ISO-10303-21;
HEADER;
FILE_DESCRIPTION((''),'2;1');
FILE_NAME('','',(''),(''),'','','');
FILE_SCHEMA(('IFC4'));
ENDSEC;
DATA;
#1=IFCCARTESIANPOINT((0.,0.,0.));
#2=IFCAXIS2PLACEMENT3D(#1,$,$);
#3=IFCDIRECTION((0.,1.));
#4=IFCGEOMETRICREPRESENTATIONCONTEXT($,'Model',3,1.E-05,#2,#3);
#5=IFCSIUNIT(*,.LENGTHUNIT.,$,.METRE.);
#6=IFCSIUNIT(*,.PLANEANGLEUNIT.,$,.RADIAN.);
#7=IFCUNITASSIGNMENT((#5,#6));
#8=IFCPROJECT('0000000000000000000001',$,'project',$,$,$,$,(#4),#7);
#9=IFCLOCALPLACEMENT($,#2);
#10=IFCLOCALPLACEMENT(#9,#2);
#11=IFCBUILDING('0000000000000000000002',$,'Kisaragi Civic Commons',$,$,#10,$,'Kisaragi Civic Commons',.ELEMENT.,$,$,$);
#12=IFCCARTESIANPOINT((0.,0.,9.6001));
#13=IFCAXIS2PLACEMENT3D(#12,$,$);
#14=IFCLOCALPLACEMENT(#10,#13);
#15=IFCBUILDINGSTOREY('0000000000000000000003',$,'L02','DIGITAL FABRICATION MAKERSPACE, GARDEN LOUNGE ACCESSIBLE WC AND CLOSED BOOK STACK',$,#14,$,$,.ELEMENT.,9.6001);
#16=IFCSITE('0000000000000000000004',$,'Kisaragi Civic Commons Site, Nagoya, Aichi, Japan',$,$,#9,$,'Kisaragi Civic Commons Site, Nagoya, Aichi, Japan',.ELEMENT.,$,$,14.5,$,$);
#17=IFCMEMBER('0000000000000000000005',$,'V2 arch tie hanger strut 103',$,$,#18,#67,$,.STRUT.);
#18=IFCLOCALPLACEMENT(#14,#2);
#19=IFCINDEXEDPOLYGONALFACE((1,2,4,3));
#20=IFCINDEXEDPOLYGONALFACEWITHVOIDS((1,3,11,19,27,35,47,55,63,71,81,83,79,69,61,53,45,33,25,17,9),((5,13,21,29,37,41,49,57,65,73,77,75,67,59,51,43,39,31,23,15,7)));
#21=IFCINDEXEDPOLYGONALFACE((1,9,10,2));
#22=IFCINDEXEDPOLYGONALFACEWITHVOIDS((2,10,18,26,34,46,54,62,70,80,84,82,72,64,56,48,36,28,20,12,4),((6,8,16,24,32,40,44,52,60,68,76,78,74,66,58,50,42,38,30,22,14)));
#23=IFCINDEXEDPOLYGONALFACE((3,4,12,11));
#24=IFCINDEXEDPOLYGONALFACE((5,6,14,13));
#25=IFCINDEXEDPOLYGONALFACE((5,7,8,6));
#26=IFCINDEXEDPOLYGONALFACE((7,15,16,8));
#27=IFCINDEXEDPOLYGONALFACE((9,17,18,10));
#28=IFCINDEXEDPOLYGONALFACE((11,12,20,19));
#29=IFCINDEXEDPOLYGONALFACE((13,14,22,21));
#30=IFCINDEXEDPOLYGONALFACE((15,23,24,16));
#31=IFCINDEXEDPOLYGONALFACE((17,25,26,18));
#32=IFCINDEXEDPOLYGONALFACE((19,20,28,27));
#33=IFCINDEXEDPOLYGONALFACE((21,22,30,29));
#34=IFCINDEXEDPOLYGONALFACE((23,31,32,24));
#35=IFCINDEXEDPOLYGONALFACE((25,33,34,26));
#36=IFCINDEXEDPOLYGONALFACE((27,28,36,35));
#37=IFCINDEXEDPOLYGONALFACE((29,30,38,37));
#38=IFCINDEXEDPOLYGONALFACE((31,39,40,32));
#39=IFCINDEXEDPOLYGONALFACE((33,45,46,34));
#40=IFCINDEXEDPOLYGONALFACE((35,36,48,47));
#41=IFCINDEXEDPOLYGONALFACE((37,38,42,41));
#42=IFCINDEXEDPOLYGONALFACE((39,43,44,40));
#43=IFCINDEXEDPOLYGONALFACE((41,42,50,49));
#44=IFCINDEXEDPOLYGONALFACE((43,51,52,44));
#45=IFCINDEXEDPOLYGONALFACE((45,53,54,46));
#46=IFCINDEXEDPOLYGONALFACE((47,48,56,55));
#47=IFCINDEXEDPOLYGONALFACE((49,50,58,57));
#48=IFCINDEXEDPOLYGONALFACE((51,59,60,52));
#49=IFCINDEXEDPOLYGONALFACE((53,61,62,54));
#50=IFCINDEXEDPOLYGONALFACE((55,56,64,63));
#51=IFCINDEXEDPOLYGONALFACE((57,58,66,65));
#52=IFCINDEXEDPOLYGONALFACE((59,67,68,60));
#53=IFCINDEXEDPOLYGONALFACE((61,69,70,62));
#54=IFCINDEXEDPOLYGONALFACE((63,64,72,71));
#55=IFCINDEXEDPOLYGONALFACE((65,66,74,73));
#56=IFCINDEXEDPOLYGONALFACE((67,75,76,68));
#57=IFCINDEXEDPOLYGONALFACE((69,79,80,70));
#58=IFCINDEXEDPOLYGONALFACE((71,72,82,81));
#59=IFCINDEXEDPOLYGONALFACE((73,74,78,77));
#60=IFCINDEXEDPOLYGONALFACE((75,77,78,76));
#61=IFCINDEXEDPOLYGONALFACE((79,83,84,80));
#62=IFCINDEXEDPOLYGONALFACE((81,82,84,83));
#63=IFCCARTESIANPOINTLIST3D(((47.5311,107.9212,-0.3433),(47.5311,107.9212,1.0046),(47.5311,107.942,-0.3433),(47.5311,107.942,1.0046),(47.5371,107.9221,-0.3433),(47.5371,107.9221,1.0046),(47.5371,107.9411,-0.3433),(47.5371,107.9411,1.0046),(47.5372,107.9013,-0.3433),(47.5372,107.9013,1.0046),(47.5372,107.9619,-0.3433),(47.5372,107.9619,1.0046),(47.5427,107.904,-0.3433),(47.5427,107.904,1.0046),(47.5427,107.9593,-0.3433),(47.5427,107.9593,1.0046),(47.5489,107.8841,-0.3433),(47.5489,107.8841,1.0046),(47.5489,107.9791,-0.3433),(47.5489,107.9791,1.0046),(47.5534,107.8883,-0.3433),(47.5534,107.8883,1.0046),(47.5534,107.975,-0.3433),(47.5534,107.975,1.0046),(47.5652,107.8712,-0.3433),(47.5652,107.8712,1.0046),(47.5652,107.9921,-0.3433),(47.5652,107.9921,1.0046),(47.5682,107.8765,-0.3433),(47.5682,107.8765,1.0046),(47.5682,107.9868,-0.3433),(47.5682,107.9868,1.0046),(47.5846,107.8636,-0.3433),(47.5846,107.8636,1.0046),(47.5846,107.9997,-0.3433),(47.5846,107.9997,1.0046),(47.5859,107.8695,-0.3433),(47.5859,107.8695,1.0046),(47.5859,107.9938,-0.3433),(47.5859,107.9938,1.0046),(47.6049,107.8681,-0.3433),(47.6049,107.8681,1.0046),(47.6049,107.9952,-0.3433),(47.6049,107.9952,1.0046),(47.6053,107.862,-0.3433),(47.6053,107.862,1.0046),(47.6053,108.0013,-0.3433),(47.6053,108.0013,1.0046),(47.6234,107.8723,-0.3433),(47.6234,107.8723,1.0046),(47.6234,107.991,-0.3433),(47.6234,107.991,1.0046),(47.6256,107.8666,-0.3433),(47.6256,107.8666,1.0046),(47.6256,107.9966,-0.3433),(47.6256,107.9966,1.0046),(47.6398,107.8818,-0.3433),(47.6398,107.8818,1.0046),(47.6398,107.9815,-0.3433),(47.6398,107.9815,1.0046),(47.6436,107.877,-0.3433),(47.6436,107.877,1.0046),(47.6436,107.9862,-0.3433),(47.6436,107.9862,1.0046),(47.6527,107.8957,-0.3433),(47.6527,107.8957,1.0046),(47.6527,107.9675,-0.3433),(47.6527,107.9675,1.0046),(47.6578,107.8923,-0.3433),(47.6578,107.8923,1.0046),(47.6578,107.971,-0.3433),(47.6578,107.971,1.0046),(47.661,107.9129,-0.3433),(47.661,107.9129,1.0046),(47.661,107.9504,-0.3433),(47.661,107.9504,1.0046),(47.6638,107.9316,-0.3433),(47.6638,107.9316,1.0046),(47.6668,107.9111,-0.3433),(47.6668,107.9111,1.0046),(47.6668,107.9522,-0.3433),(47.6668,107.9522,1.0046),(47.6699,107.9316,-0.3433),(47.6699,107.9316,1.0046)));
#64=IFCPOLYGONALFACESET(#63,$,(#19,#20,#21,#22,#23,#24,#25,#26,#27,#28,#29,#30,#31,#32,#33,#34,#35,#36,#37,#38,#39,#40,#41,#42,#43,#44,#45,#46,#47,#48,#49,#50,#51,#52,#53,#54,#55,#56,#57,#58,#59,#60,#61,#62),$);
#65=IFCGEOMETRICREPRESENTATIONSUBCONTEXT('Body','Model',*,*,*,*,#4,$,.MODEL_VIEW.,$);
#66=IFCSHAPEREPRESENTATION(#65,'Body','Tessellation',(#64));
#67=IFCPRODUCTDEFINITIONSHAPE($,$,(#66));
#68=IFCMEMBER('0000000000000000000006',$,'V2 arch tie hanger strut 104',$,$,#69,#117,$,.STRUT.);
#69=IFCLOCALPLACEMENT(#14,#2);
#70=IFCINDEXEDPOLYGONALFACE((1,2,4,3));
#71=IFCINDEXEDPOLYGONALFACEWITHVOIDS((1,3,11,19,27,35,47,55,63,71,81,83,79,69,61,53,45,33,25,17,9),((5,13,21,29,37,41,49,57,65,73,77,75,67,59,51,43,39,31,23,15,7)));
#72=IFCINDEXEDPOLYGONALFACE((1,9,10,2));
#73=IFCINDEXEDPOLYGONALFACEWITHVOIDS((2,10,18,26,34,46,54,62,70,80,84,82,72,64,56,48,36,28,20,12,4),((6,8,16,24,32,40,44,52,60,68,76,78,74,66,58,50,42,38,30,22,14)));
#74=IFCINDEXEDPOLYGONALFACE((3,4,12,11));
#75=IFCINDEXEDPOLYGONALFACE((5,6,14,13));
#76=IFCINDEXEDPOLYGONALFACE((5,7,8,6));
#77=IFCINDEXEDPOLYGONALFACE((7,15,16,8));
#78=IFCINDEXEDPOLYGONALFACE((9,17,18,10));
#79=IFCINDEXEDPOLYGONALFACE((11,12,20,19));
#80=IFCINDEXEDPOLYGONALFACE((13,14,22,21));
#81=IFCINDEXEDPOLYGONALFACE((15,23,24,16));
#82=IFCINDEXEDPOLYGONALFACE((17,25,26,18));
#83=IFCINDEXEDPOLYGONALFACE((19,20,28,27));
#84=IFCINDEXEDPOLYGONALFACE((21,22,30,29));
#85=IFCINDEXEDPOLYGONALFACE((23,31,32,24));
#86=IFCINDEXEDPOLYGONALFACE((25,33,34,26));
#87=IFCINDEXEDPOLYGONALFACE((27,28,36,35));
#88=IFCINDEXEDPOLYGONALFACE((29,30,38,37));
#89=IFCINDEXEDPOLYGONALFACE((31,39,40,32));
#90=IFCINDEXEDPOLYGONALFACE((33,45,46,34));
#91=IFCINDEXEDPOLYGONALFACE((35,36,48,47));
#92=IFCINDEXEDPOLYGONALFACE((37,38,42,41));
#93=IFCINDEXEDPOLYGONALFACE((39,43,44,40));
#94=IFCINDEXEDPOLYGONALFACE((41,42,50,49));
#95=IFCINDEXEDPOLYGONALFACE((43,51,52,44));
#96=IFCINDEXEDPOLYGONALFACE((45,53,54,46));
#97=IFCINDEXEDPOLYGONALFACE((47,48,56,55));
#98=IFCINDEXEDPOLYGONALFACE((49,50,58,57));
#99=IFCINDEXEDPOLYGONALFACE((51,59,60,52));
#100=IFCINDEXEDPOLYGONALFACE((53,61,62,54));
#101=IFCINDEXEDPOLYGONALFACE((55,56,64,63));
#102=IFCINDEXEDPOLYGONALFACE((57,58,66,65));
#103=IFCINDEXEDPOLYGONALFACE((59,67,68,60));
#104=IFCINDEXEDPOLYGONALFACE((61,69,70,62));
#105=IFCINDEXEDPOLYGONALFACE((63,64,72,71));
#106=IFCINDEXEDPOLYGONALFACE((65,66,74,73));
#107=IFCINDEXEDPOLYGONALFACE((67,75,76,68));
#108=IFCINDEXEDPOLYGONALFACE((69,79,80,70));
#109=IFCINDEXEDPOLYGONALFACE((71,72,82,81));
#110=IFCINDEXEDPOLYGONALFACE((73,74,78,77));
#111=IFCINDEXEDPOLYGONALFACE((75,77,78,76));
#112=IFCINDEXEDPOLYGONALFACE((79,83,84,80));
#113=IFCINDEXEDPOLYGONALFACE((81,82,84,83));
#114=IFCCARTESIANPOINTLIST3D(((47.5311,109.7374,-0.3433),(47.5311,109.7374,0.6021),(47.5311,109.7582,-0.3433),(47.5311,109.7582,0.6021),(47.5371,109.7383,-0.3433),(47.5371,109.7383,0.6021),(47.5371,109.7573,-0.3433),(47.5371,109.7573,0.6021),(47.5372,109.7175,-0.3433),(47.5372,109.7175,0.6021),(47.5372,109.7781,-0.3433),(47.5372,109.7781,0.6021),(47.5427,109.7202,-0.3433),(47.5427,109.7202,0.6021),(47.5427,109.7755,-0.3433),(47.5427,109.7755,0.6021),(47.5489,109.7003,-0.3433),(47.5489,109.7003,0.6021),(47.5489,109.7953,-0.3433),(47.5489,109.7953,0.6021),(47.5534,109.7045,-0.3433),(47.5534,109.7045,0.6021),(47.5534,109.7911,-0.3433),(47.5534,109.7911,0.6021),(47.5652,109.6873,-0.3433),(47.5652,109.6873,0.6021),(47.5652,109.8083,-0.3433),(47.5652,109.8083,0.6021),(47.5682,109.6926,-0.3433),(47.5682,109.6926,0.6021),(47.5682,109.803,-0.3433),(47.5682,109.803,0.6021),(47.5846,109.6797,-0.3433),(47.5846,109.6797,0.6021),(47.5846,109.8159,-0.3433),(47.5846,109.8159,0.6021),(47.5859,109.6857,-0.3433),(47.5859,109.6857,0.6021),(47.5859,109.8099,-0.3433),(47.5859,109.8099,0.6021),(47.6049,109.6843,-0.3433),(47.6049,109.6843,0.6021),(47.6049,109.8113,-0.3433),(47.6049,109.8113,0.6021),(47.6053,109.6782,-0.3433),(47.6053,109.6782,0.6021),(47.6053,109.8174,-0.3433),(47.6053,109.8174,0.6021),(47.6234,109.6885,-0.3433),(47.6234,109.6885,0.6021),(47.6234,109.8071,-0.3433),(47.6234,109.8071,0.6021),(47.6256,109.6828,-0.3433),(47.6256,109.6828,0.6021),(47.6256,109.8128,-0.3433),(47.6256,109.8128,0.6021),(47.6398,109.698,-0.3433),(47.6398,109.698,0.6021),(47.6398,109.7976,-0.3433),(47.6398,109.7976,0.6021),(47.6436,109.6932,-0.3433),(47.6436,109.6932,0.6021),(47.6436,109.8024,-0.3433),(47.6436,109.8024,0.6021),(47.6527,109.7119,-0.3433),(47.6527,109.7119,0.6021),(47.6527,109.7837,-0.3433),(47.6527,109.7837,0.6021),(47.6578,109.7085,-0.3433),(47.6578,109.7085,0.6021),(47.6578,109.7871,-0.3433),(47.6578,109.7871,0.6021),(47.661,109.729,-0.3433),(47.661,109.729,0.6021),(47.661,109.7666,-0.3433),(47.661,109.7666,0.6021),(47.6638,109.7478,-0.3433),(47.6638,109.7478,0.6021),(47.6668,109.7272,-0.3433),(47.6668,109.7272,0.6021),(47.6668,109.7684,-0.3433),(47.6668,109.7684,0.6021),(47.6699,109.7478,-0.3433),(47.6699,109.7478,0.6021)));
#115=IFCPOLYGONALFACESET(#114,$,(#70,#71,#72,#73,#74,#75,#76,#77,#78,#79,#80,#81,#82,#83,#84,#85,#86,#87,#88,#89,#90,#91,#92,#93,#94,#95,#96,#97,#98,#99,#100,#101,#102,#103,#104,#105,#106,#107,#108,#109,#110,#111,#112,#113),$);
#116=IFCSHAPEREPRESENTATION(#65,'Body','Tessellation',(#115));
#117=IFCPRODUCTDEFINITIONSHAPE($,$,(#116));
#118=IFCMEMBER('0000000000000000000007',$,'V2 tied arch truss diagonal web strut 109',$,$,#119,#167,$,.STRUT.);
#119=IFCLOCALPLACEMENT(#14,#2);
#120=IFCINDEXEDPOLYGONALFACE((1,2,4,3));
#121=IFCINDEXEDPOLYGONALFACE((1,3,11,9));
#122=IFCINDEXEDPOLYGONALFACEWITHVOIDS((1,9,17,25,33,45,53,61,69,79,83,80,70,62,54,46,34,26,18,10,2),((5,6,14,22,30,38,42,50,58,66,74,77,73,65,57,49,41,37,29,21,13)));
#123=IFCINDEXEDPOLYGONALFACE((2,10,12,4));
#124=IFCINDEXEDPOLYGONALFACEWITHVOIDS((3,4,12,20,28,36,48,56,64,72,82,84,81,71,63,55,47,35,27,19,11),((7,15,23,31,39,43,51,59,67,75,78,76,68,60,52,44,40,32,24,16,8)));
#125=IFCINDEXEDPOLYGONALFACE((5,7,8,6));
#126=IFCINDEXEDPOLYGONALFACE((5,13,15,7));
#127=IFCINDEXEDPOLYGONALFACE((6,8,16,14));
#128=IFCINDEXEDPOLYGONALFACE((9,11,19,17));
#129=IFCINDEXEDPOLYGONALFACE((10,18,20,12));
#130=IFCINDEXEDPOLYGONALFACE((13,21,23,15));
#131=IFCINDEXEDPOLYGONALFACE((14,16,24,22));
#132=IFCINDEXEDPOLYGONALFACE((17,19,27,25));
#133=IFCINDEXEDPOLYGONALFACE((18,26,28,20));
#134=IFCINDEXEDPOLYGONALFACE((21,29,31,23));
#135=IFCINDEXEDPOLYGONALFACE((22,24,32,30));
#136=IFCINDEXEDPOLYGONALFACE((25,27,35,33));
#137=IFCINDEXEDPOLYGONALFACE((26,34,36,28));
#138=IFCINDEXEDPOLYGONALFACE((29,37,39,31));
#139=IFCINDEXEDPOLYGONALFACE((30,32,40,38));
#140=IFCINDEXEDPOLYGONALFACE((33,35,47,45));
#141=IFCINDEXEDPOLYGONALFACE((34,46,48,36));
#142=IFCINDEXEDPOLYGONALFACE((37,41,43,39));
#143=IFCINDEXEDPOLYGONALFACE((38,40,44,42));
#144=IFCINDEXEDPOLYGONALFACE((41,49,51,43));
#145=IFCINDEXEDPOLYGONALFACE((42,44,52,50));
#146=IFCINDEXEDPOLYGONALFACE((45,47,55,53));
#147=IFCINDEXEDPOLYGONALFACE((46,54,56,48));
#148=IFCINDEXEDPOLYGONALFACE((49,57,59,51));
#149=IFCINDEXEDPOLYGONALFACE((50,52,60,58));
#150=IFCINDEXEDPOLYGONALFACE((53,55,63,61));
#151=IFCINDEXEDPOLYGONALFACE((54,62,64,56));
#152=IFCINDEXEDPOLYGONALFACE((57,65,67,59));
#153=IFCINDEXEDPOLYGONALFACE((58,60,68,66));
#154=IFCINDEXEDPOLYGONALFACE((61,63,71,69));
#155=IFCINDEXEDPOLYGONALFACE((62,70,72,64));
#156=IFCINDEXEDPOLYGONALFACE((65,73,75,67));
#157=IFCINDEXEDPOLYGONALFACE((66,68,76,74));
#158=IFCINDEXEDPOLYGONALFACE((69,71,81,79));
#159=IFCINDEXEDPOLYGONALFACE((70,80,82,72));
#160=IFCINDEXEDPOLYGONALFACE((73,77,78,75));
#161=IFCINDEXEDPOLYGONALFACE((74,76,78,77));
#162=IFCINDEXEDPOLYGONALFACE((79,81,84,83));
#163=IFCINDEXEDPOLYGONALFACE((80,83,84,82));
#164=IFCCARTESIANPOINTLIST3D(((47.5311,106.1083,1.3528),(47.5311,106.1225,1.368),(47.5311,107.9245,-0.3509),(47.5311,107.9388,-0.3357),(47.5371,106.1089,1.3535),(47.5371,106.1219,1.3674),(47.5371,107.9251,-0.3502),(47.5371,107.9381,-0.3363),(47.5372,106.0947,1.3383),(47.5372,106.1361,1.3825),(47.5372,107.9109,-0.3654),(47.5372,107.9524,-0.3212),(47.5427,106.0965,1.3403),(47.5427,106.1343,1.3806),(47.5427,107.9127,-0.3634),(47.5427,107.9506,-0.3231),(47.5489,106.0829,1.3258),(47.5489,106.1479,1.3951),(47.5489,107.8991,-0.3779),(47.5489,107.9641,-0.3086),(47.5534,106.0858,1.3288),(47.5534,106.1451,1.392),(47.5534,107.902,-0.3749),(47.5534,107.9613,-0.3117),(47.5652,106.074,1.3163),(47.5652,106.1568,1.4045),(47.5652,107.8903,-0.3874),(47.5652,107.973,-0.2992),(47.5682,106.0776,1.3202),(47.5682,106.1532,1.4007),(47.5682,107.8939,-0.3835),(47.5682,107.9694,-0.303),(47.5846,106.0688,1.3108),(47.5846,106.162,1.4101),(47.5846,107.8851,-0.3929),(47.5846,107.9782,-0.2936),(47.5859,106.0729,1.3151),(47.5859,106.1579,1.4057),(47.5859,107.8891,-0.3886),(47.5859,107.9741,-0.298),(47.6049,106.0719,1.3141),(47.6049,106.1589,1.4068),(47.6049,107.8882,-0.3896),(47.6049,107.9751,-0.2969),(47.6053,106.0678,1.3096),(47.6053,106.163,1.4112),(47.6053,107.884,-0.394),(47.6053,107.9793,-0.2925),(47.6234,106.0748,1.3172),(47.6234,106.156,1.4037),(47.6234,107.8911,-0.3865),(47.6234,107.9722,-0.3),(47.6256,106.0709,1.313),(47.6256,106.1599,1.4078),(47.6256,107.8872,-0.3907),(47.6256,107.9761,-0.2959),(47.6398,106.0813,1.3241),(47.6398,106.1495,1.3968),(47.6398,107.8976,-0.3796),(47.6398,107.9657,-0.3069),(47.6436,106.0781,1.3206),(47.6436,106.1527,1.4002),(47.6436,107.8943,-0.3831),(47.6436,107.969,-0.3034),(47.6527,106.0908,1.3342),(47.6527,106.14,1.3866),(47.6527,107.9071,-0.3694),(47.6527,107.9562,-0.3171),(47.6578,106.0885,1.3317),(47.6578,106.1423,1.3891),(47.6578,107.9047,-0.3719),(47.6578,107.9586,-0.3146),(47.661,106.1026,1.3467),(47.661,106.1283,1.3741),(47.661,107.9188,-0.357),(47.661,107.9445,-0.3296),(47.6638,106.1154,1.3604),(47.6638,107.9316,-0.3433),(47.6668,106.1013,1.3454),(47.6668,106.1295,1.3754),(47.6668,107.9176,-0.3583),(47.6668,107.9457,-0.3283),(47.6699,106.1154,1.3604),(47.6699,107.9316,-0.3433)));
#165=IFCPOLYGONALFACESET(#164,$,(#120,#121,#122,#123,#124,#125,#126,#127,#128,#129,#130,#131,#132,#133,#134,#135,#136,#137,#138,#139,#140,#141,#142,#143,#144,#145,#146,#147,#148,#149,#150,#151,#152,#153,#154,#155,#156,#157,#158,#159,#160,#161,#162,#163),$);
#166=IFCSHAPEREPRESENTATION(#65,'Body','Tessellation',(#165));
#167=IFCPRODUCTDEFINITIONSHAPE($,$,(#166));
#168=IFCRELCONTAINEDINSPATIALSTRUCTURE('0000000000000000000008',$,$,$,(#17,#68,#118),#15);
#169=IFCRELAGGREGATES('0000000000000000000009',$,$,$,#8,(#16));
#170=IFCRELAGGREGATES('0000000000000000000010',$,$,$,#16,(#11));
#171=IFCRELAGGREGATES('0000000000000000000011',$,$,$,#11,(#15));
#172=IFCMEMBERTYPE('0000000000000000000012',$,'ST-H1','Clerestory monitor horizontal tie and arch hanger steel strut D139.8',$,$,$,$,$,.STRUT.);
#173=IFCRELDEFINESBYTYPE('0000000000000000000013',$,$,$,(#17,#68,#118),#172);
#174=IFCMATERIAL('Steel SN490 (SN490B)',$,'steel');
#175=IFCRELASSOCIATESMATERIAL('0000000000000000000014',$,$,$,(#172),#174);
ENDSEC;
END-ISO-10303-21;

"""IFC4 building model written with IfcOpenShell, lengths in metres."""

from ifc_helpers import new_model, si_unit, direction, frame, origin, origin_2d, place, context, subcontext, project, spatial, hollow_circle, extrude, material, material_profile, profile_set, type_object, element, save


model = new_model("IFC4")

# Units and contexts
model_context = context("Model", 3, precision=1e-05, world=origin(), true_north=direction((0.0, 1.0)))
body_context = subcontext(model_context, "Body", "Model", "MODEL_VIEW")
ifc_project = project(units=[si_unit("LENGTHUNIT", "METRE"), si_unit("PLANEANGLEUNIT", "RADIAN")], contexts=[model_context])

# Site, building, storey
site_placement = place(None, origin())
site = spatial("IfcSite", under=ifc_project, at=site_placement, Name="Kisaragi Civic Commons Site, Nagoya, Aichi, Japan", LongName="Kisaragi Civic Commons Site, Nagoya, Aichi, Japan", CompositionType="ELEMENT", RefElevation=14.5)
building_placement = place(site_placement, origin())
building = spatial("IfcBuilding", under=site, at=building_placement, Name="Kisaragi Civic Commons", LongName="Kisaragi Civic Commons", CompositionType="ELEMENT")
storey_placement = place(building_placement, frame((0.0, 0.0, 9.6001)))
storey = spatial("IfcBuildingStorey", under=building, at=storey_placement, Name="L02", Description="DIGITAL FABRICATION MAKERSPACE, GARDEN LOUNGE ACCESSIBLE WC AND CLOSED BOOK STACK", CompositionType="ELEMENT", Elevation=9.6001)

# Members
ifc_material_1 = material(Name="Steel SN490 (SN490B)", Category="steel")
ifc_material_profile_1 = material_profile(ifc_material_1, hollow_circle(Radius=0.0698, WallThickness=0.0061, at=origin_2d()), Name="CHS-139.8x6.0", Category="steel")
ifc_profile_set_1 = profile_set([ifc_material_profile_1], Name="Steel SN490 (SN490B)")
member_type_1 = type_object("IfcMemberType", Name="ST-H1", Description="Clerestory monitor horizontal tie and arch hanger steel strut D139.8", PredefinedType="STRUT", material=ifc_profile_set_1)
member_1_placement = place(storey_placement, frame((47.6001, 107.9316, -0.3433), z_axis=(0.0, 0.0, 1.0), x_axis=(1.0, 0.0, 0.0)))
element("IfcMember", 1, at=member_1_placement, inside=storey, type_object=member_type_1, Name="V2 arch tie hanger strut 103", PredefinedType="STRUT", context=body_context, shape_type="SweptSolid", body=[
    extrude(hollow_circle(Radius=0.0698, WallThickness=0.0061, at=origin_2d()), origin(), (0.0, 0.0, 1.0), 1.3479),
])
member_2_placement = place(storey_placement, frame((47.6001, 109.7478, -0.3433), z_axis=(0.0, 0.0, 1.0), x_axis=(1.0, 0.0, 0.0)))
element("IfcMember", 2, at=member_2_placement, inside=storey, type_object=member_type_1, Name="V2 arch tie hanger strut 104", PredefinedType="STRUT", context=body_context, shape_type="SweptSolid", body=[
    extrude(hollow_circle(Radius=0.0698, WallThickness=0.0061, at=origin_2d()), origin(), (0.0, 0.0, 1.0), 0.9453),
])
member_3_placement = place(storey_placement, frame((47.6001, 107.9316, -0.3433), z_axis=(0.0, -0.729345, 0.684147), x_axis=(1.0, 0.0, 0.0)))
element("IfcMember", 3, at=member_3_placement, inside=storey, type_object=member_type_1, Name="V2 tied arch truss diagonal web strut 109", PredefinedType="STRUT", context=body_context, shape_type="SweptSolid", body=[
    extrude(hollow_circle(Radius=0.0698, WallThickness=0.0061, at=origin_2d()), origin(), (0.0, 0.0, 1.0), 2.4902),
])

save(model, "model.ifc")
